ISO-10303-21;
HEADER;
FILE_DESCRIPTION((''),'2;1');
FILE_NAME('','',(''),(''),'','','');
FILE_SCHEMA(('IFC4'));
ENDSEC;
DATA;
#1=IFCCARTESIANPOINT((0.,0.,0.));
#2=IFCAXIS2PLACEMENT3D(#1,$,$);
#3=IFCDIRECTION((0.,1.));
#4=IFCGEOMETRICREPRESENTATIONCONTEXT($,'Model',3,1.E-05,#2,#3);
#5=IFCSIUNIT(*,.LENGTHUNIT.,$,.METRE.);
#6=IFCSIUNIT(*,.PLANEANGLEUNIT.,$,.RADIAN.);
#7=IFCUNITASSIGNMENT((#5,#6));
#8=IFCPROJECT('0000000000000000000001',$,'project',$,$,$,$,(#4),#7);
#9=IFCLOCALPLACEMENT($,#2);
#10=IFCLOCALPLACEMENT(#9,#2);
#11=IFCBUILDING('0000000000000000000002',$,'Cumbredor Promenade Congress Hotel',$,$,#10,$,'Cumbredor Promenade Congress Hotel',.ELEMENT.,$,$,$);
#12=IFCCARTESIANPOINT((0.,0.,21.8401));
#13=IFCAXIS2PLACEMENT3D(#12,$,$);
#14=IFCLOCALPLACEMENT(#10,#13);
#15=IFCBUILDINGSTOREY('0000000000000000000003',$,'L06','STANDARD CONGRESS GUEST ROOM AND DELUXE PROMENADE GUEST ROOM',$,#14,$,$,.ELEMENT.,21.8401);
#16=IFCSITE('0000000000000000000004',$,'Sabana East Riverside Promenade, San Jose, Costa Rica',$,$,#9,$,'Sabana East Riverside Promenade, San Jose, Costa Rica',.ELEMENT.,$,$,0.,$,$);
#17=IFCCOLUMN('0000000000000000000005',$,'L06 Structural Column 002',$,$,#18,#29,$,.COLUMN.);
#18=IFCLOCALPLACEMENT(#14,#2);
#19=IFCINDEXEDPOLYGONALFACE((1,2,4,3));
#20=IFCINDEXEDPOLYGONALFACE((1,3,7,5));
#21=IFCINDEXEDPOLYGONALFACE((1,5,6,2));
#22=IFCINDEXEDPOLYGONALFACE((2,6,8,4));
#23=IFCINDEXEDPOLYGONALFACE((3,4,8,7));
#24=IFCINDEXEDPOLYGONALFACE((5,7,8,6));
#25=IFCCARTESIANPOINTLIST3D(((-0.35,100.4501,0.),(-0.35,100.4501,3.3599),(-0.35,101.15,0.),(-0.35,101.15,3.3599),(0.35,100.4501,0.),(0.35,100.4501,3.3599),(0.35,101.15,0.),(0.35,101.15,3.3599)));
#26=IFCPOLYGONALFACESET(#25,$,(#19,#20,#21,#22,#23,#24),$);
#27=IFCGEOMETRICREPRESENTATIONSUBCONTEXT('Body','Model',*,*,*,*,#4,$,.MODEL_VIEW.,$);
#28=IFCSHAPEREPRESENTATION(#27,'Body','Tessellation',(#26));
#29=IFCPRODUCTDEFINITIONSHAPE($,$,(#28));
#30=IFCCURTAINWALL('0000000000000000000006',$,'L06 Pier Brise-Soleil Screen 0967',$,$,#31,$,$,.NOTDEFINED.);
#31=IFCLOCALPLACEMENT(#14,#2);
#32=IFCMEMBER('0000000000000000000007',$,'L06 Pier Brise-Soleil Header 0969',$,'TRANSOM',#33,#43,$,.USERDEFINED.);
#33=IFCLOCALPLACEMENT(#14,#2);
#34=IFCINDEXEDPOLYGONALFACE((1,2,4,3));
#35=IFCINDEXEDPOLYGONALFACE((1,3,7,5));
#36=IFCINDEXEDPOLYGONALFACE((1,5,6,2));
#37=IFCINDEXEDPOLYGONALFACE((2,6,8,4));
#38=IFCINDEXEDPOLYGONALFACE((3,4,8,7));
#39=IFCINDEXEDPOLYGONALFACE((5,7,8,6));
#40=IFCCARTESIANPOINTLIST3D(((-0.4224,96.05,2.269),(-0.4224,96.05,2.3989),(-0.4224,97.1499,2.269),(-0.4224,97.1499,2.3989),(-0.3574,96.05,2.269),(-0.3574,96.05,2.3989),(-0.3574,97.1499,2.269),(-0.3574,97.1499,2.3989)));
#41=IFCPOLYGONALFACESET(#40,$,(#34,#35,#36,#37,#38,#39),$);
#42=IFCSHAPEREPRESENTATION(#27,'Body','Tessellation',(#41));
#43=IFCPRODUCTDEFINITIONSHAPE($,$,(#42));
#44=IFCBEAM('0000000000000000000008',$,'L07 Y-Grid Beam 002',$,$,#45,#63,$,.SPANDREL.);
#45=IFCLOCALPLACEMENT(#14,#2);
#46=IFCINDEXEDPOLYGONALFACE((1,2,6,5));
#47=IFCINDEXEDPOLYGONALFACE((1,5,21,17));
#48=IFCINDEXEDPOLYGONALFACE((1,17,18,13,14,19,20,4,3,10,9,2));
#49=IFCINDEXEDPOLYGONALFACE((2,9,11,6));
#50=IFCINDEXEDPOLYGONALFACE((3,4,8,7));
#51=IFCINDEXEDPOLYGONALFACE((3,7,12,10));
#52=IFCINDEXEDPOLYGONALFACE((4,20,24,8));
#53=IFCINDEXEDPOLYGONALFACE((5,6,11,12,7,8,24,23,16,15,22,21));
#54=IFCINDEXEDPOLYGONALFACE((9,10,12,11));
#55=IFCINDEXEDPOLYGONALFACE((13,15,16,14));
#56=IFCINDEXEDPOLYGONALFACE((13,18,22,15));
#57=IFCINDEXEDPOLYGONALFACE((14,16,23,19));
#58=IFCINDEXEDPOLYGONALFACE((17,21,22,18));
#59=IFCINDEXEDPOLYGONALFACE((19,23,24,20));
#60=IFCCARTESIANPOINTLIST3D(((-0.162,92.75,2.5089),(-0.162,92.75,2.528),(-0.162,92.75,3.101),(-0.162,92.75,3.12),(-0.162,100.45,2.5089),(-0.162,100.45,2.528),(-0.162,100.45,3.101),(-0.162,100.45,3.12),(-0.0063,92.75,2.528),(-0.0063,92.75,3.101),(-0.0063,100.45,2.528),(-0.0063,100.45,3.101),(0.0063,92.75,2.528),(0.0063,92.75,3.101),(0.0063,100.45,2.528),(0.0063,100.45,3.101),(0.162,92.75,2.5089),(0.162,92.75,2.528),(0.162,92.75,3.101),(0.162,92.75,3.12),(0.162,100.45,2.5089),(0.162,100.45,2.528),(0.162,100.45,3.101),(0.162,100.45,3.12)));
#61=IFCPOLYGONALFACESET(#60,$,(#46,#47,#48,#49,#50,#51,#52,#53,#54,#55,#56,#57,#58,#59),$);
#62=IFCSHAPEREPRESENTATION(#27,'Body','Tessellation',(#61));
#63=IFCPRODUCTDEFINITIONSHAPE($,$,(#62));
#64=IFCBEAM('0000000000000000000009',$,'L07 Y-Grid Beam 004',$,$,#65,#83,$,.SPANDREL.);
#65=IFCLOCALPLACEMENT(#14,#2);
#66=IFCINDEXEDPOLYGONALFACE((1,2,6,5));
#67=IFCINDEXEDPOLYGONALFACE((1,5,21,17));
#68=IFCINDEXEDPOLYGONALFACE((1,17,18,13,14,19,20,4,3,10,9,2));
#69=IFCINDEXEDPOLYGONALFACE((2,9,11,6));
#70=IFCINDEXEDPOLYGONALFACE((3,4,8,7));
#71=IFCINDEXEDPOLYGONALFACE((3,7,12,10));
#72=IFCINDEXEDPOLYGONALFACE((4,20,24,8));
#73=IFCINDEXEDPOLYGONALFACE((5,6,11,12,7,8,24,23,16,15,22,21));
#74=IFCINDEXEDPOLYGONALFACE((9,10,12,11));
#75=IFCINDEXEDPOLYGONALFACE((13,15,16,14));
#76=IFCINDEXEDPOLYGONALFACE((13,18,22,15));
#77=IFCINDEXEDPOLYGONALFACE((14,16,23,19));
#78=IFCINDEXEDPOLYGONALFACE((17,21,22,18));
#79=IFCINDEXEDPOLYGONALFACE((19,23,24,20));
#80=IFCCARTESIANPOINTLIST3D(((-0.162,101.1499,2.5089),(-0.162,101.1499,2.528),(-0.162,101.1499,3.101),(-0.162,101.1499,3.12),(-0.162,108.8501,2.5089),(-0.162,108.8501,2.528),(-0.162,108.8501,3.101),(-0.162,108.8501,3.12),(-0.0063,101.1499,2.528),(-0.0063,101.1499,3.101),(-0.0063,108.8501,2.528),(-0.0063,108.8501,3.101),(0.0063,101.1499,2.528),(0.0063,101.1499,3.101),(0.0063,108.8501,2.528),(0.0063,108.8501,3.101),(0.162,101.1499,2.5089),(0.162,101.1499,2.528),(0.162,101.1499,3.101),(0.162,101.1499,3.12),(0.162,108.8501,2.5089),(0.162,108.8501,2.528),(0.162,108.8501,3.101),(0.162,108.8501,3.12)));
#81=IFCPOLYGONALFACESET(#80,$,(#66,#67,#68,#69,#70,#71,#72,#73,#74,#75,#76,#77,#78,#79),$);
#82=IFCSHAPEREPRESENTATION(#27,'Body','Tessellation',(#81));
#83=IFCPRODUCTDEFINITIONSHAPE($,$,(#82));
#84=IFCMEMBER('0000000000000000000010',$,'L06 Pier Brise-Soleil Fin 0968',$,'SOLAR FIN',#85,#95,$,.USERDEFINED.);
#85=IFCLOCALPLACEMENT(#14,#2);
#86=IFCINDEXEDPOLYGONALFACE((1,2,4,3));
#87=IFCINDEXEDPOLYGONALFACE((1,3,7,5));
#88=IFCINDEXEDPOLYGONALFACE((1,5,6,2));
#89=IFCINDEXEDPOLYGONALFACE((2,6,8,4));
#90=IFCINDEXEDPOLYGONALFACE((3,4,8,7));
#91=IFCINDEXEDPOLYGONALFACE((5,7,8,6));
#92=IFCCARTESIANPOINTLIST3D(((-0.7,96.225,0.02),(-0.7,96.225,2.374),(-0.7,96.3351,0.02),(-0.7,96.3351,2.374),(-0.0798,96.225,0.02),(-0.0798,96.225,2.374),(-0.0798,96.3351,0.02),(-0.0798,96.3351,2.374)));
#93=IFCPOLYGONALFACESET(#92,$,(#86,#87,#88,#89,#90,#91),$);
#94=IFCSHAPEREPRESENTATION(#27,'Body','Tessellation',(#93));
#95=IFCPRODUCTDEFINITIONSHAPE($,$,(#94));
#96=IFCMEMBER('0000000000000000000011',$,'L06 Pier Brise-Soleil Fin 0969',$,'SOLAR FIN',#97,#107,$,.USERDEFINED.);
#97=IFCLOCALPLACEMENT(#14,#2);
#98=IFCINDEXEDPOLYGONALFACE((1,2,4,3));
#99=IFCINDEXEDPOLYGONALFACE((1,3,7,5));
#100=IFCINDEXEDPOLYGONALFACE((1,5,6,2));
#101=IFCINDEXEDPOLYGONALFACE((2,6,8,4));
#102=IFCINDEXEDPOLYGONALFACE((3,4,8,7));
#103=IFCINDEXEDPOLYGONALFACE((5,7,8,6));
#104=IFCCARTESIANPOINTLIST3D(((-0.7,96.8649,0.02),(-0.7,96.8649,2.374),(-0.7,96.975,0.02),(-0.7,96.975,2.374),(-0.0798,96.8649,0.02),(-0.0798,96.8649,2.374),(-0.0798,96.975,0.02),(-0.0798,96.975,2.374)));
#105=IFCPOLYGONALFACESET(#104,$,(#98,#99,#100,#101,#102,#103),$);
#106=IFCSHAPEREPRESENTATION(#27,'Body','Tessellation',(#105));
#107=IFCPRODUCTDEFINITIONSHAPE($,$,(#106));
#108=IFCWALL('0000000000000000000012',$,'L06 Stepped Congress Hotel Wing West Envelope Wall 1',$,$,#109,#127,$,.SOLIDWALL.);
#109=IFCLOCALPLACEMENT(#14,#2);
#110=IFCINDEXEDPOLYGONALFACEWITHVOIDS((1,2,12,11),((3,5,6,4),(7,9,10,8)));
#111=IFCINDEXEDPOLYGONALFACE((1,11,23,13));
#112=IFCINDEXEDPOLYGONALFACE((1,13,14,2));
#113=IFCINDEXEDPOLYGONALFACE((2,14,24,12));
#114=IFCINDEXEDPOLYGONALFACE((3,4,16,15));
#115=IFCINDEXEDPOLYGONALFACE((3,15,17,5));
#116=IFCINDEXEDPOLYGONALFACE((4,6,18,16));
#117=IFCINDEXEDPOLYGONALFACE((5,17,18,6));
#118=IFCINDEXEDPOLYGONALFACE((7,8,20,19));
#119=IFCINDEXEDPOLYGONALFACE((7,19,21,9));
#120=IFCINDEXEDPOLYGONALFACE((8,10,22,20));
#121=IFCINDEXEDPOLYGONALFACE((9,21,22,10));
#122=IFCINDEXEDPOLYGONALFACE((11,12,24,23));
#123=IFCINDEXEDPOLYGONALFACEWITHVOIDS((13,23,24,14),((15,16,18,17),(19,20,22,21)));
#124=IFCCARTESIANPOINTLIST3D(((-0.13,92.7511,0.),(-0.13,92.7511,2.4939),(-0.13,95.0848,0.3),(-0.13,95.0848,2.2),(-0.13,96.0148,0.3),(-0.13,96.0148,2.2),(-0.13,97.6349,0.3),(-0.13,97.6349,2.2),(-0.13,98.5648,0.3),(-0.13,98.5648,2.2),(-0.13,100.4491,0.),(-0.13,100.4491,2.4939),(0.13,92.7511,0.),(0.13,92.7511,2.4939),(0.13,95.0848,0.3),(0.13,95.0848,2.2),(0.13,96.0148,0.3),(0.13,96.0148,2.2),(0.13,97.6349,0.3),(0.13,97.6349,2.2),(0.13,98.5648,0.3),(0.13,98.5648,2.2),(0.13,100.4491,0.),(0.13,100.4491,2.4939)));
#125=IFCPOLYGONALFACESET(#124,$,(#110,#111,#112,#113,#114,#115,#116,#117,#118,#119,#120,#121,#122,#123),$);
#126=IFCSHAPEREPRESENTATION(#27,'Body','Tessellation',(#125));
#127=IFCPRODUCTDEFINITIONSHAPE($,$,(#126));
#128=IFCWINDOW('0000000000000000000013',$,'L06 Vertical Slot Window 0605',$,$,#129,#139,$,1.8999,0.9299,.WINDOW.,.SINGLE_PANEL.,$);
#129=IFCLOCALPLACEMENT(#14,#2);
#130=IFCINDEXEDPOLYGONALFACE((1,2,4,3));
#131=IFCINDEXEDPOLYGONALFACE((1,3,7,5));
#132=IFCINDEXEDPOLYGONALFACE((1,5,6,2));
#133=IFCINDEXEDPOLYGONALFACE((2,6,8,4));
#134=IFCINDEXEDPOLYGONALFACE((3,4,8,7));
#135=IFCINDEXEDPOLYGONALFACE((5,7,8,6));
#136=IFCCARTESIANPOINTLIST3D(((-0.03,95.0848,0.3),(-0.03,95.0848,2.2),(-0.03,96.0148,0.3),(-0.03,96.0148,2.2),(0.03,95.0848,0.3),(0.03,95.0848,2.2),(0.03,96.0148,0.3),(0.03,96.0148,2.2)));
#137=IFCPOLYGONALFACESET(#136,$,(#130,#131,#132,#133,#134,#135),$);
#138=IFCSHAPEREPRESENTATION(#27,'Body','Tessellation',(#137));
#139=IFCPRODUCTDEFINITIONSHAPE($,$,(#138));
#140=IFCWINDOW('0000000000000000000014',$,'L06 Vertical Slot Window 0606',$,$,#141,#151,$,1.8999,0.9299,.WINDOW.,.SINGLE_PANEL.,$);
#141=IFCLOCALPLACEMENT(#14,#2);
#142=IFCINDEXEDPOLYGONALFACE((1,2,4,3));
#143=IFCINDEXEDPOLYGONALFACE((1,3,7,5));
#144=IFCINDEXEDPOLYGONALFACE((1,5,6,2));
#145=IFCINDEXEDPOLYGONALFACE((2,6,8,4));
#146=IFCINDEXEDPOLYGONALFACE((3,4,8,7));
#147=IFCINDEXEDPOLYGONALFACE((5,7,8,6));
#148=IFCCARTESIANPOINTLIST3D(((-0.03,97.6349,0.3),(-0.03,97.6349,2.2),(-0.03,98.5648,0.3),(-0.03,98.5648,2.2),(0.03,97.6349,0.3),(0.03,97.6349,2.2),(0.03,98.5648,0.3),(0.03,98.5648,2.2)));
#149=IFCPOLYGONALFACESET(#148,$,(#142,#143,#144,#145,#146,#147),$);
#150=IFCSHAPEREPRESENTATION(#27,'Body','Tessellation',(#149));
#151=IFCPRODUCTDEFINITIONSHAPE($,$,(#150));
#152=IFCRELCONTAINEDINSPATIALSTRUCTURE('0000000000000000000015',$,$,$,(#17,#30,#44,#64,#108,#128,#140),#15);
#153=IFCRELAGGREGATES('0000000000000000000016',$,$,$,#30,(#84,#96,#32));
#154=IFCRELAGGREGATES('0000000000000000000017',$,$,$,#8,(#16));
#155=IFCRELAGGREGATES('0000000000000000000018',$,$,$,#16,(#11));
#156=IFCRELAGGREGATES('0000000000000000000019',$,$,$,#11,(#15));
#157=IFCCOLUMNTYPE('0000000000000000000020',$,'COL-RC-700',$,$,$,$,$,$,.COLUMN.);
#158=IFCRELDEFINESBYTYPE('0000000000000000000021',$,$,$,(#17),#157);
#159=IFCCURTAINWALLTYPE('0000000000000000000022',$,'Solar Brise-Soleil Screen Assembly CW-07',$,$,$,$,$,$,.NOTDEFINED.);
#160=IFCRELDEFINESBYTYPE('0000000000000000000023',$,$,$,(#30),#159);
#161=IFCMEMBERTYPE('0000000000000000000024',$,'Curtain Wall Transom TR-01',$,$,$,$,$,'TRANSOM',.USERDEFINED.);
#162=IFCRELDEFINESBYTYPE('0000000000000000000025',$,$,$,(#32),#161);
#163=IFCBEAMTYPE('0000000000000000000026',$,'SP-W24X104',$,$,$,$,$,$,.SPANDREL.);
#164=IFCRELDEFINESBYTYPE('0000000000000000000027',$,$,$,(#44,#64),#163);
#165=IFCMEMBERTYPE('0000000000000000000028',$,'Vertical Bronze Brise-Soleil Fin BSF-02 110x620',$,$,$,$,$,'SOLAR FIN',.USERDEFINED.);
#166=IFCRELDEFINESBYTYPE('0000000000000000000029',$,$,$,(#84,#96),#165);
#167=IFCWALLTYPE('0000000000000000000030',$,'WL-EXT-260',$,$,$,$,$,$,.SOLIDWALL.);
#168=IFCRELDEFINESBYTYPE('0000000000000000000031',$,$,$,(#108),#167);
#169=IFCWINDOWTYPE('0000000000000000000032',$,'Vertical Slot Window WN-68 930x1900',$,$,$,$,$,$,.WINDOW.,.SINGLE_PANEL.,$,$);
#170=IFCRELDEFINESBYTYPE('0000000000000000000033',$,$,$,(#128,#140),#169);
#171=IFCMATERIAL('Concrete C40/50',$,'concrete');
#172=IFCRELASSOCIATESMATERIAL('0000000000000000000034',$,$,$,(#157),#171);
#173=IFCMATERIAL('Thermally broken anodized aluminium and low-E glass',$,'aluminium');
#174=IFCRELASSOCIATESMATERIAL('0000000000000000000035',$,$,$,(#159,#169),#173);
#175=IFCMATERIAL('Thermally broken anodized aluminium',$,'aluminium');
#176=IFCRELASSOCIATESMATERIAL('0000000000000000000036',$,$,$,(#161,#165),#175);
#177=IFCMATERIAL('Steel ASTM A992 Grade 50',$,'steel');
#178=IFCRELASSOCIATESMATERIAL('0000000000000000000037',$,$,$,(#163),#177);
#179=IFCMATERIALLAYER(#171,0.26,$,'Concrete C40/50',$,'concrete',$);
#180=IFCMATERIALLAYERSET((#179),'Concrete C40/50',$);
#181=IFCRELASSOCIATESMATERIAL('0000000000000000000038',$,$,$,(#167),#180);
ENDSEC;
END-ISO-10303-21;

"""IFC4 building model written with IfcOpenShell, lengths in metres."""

from ifc_helpers import new_model, si_unit, direction, frame, frame_2d, origin, origin_2d, place, context, subcontext, project, spatial, rectangle, i_section, extrude, material, layer, layer_set, material_profile, profile_set, type_object, element, fill, aggregate, save


model = new_model("IFC4")

# Units and contexts
model_context = context("Model", 3, precision=1e-05, world=origin(), true_north=direction((0.0, 1.0)))
body_context = subcontext(model_context, "Body", "Model", "MODEL_VIEW")
ifc_project = project(units=[si_unit("LENGTHUNIT", "METRE"), si_unit("PLANEANGLEUNIT", "RADIAN")], contexts=[model_context])

# Site, building, storey
site_placement = place(None, origin())
site = spatial("IfcSite", under=ifc_project, at=site_placement, Name="Sabana East Riverside Promenade, San Jose, Costa Rica", LongName="Sabana East Riverside Promenade, San Jose, Costa Rica", CompositionType="ELEMENT", RefElevation=0.0)
building_placement = place(site_placement, origin())
building = spatial("IfcBuilding", under=site, at=building_placement, Name="Cumbredor Promenade Congress Hotel", LongName="Cumbredor Promenade Congress Hotel", CompositionType="ELEMENT")
storey_placement = place(building_placement, frame((0.0, 0.0, 21.8401)))
storey = spatial("IfcBuildingStorey", under=building, at=storey_placement, Name="L06", Description="STANDARD CONGRESS GUEST ROOM AND DELUXE PROMENADE GUEST ROOM", CompositionType="ELEMENT", Elevation=21.8401)

# Column
ifc_material_1 = material(Name="Concrete C40/50", Category="concrete")
ifc_material_profile_1 = material_profile(ifc_material_1, rectangle(XDim=0.7, YDim=0.7, at=origin_2d()), Name="RC 700x700")
ifc_profile_set_1 = profile_set([ifc_material_profile_1], Name="Concrete C40/50")
column_type = type_object("IfcColumnType", Name="COL-RC-700", PredefinedType="COLUMN", material=ifc_profile_set_1)
column_placement = place(storey_placement, frame((0.0, 100.8, 0.0), z_axis=(0.0, 0.0, 1.0), x_axis=(1.0, 0.0, 0.0)))
element("IfcColumn", 1, at=column_placement, inside=storey, type_object=column_type, Name="L06 Structural Column 002", PredefinedType="COLUMN", context=body_context, shape_type="SweptSolid", body=[
    extrude(rectangle(XDim=0.7, YDim=0.7, at=origin_2d()), origin(), (0.0, 0.0, 1.0), 3.3599),
])

# Curtain wall, member
ifc_material_2 = material(Name="Thermally broken anodized aluminium and low-E glass", Category="aluminium")
curtain_wall_type = type_object("IfcCurtainWallType", Name="Solar Brise-Soleil Screen Assembly CW-07", PredefinedType="NOTDEFINED", material=ifc_material_2)
curtain_wall_placement = place(storey_placement, origin())
curtain_wall = element("IfcCurtainWall", 2, at=curtain_wall_placement, inside=storey, type_object=curtain_wall_type, Name="L06 Pier Brise-Soleil Screen 0967", PredefinedType="NOTDEFINED")
ifc_material_3 = material(Name="Thermally broken anodized aluminium", Category="aluminium")
ifc_material_profile_2 = material_profile(ifc_material_3, rectangle(XDim=0.0649, YDim=0.1299, at=origin_2d()), Name="ALU TRANSOM 65x130")
ifc_profile_set_2 = profile_set([ifc_material_profile_2], Name="Thermally broken anodized aluminium")
member_type_1 = type_object("IfcMemberType", Name="Curtain Wall Transom TR-01", ElementType="TRANSOM", PredefinedType="USERDEFINED", material=ifc_profile_set_2)
member_1_placement = place(storey_placement, frame((-0.3899, 96.05, 2.334), z_axis=(0.0, 1.0, 0.0), x_axis=(-1.0, 0.0, 0.0)))
member_1 = element("IfcMember", 3, at=member_1_placement, type_object=member_type_1, Name="L06 Pier Brise-Soleil Header 0969", ObjectType="TRANSOM", PredefinedType="USERDEFINED", context=body_context, shape_type="SweptSolid", body=[
    extrude(rectangle(XDim=0.0649, YDim=0.1299, at=origin_2d()), origin(), (0.0, 0.0, 1.0), 1.0999),
])

# Beams
ifc_material_4 = material(Name="Steel ASTM A992 Grade 50", Category="steel")
ifc_material_profile_3 = material_profile(ifc_material_4, i_section(OverallWidth=0.324, OverallDepth=0.6111, WebThickness=0.0127, FlangeThickness=0.019, at=origin_2d()), Name="W24X104")
ifc_profile_set_3 = profile_set([ifc_material_profile_3], Name="Steel ASTM A992 Grade 50")
beam_type = type_object("IfcBeamType", Name="SP-W24X104", PredefinedType="SPANDREL", material=ifc_profile_set_3)
beam_1_placement = place(storey_placement, frame((0.0, 92.75, 2.8145), z_axis=(0.0, 1.0, 0.0), x_axis=(-1.0, 0.0, 0.0)))
element("IfcBeam", 4, at=beam_1_placement, inside=storey, type_object=beam_type, Name="L07 Y-Grid Beam 002", PredefinedType="SPANDREL", context=body_context, shape_type="SweptSolid", body=[
    extrude(i_section(OverallWidth=0.324, OverallDepth=0.6111, WebThickness=0.0127, FlangeThickness=0.019, at=origin_2d()), origin(), (0.0, 0.0, 1.0), 7.7),
])
beam_2_placement = place(storey_placement, frame((0.0, 101.1499, 2.8145), z_axis=(0.0, 1.0, 0.0), x_axis=(-1.0, 0.0, 0.0)))
element("IfcBeam", 5, at=beam_2_placement, inside=storey, type_object=beam_type, Name="L07 Y-Grid Beam 004", PredefinedType="SPANDREL", context=body_context, shape_type="SweptSolid", body=[
    extrude(i_section(OverallWidth=0.324, OverallDepth=0.6111, WebThickness=0.0127, FlangeThickness=0.019, at=origin_2d()), origin(), (0.0, 0.0, 1.0), 7.7002),
])

# Members
ifc_material_profile_4 = material_profile(ifc_material_3, rectangle(XDim=0.1101, YDim=0.6201, at=origin_2d()), Name="ARCH FIN 110x620")
ifc_profile_set_4 = profile_set([ifc_material_profile_4], Name="Thermally broken anodized aluminium")
member_type_2 = type_object("IfcMemberType", Name="Vertical Bronze Brise-Soleil Fin BSF-02 110x620", ElementType="SOLAR FIN", PredefinedType="USERDEFINED", material=ifc_profile_set_4)
member_2_placement = place(storey_placement, frame((-0.3899, 96.28, 0.02), z_axis=(0.0, 0.0, 1.0), x_axis=(0.0, 1.0, 0.0)))
member_2 = element("IfcMember", 6, at=member_2_placement, type_object=member_type_2, Name="L06 Pier Brise-Soleil Fin 0968", ObjectType="SOLAR FIN", PredefinedType="USERDEFINED", context=body_context, shape_type="SweptSolid", body=[
    extrude(rectangle(XDim=0.1101, YDim=0.6201, at=origin_2d()), origin(), (0.0, 0.0, 1.0), 2.354),
])
member_3_placement = place(storey_placement, frame((-0.3899, 96.9199, 0.02), z_axis=(0.0, 0.0, 1.0), x_axis=(0.0, 1.0, 0.0)))
member_3 = element("IfcMember", 7, at=member_3_placement, type_object=member_type_2, Name="L06 Pier Brise-Soleil Fin 0969", ObjectType="SOLAR FIN", PredefinedType="USERDEFINED", context=body_context, shape_type="SweptSolid", body=[
    extrude(rectangle(XDim=0.1101, YDim=0.6201, at=origin_2d()), origin(), (0.0, 0.0, 1.0), 2.354),
])
aggregate(curtain_wall, [member_2, member_3, member_1])

# Wall, openings, windows
ifc_layer_1 = layer(ifc_material_1, 0.26, Name="Concrete C40/50", Category="concrete")
ifc_layer_set_1 = layer_set([ifc_layer_1], Name="Concrete C40/50")
wall_type_1 = type_object("IfcWallType", Name="WL-EXT-260", PredefinedType="SOLIDWALL", material=ifc_layer_set_1)
wall_1_placement = place(storey_placement, frame((0.0, 92.751, 0.0), z_axis=(0.0, 0.0, 1.0), x_axis=(0.0, 1.0, 0.0)))
wall_1 = element("IfcWall", 8, at=wall_1_placement, inside=storey, type_object=wall_type_1, Name="L06 Stepped Congress Hotel Wing West Envelope Wall 1", PredefinedType="SOLIDWALL", context=body_context, shape_type="SweptSolid", body=[
    extrude(rectangle(XDim=7.698, YDim=0.26, at=frame_2d((3.8491, 0.0))), origin(), (0.0, 0.0, 1.0), 2.4939),
])
opening_1_placement = place(wall_1_placement, frame((2.334, 0.0, 0.3)))
opening_1 = element("IfcOpeningElement", 9, at=opening_1_placement, cuts=wall_1, PredefinedType="OPENING", context=body_context, shape_type="SweptSolid", body=[
    extrude(rectangle(XDim=0.9299, YDim=1.8999, at=frame_2d((0.4648, 0.95))), frame((0.0, 0.1401, 0.0), z_axis=(0.0, -1.0, 0.0), x_axis=(1.0, 0.0, 0.0)), (0.0, 0.0, 1.0), 0.28),
])
opening_2_placement = place(wall_1_placement, frame((4.884, 0.0, 0.3)))
opening_2 = element("IfcOpeningElement", 10, at=opening_2_placement, cuts=wall_1, PredefinedType="OPENING", context=body_context, shape_type="SweptSolid", body=[
    extrude(rectangle(XDim=0.9299, YDim=1.8999, at=frame_2d((0.4648, 0.95))), frame((0.0, 0.1401, 0.0), z_axis=(0.0, -1.0, 0.0), x_axis=(1.0, 0.0, 0.0)), (0.0, 0.0, 1.0), 0.28),
])
window_type = type_object("IfcWindowType", Name="Vertical Slot Window WN-68 930x1900", PartitioningType="SINGLE_PANEL", PredefinedType="WINDOW", material=ifc_material_2)
window_1_placement = place(opening_1_placement, origin())
window_1 = element("IfcWindow", 11, at=window_1_placement, inside=storey, type_object=window_type, Name="L06 Vertical Slot Window 0605", OverallHeight=1.8999, OverallWidth=0.9299, PartitioningType="SINGLE_PANEL", PredefinedType="WINDOW", context=body_context, shape_type="SweptSolid", body=[
    extrude(rectangle(XDim=0.9299, YDim=1.8999, at=frame_2d((0.4648, 0.95))), frame((0.0, 0.03, 0.0), z_axis=(0.0, -1.0, 0.0), x_axis=(1.0, 0.0, 0.0)), (0.0, 0.0, 1.0), 0.0601),
])
fill(opening_1, window_1)
window_2_placement = place(opening_2_placement, origin())
window_2 = element("IfcWindow", 12, at=window_2_placement, inside=storey, type_object=window_type, Name="L06 Vertical Slot Window 0606", OverallHeight=1.8999, OverallWidth=0.9299, PartitioningType="SINGLE_PANEL", PredefinedType="WINDOW", context=body_context, shape_type="SweptSolid", body=[
    extrude(rectangle(XDim=0.9299, YDim=1.8999, at=frame_2d((0.4648, 0.95))), frame((0.0, 0.03, 0.0), z_axis=(0.0, -1.0, 0.0), x_axis=(1.0, 0.0, 0.0)), (0.0, 0.0, 1.0), 0.0601),
])
fill(opening_2, window_2)

save(model, "model.ifc")
